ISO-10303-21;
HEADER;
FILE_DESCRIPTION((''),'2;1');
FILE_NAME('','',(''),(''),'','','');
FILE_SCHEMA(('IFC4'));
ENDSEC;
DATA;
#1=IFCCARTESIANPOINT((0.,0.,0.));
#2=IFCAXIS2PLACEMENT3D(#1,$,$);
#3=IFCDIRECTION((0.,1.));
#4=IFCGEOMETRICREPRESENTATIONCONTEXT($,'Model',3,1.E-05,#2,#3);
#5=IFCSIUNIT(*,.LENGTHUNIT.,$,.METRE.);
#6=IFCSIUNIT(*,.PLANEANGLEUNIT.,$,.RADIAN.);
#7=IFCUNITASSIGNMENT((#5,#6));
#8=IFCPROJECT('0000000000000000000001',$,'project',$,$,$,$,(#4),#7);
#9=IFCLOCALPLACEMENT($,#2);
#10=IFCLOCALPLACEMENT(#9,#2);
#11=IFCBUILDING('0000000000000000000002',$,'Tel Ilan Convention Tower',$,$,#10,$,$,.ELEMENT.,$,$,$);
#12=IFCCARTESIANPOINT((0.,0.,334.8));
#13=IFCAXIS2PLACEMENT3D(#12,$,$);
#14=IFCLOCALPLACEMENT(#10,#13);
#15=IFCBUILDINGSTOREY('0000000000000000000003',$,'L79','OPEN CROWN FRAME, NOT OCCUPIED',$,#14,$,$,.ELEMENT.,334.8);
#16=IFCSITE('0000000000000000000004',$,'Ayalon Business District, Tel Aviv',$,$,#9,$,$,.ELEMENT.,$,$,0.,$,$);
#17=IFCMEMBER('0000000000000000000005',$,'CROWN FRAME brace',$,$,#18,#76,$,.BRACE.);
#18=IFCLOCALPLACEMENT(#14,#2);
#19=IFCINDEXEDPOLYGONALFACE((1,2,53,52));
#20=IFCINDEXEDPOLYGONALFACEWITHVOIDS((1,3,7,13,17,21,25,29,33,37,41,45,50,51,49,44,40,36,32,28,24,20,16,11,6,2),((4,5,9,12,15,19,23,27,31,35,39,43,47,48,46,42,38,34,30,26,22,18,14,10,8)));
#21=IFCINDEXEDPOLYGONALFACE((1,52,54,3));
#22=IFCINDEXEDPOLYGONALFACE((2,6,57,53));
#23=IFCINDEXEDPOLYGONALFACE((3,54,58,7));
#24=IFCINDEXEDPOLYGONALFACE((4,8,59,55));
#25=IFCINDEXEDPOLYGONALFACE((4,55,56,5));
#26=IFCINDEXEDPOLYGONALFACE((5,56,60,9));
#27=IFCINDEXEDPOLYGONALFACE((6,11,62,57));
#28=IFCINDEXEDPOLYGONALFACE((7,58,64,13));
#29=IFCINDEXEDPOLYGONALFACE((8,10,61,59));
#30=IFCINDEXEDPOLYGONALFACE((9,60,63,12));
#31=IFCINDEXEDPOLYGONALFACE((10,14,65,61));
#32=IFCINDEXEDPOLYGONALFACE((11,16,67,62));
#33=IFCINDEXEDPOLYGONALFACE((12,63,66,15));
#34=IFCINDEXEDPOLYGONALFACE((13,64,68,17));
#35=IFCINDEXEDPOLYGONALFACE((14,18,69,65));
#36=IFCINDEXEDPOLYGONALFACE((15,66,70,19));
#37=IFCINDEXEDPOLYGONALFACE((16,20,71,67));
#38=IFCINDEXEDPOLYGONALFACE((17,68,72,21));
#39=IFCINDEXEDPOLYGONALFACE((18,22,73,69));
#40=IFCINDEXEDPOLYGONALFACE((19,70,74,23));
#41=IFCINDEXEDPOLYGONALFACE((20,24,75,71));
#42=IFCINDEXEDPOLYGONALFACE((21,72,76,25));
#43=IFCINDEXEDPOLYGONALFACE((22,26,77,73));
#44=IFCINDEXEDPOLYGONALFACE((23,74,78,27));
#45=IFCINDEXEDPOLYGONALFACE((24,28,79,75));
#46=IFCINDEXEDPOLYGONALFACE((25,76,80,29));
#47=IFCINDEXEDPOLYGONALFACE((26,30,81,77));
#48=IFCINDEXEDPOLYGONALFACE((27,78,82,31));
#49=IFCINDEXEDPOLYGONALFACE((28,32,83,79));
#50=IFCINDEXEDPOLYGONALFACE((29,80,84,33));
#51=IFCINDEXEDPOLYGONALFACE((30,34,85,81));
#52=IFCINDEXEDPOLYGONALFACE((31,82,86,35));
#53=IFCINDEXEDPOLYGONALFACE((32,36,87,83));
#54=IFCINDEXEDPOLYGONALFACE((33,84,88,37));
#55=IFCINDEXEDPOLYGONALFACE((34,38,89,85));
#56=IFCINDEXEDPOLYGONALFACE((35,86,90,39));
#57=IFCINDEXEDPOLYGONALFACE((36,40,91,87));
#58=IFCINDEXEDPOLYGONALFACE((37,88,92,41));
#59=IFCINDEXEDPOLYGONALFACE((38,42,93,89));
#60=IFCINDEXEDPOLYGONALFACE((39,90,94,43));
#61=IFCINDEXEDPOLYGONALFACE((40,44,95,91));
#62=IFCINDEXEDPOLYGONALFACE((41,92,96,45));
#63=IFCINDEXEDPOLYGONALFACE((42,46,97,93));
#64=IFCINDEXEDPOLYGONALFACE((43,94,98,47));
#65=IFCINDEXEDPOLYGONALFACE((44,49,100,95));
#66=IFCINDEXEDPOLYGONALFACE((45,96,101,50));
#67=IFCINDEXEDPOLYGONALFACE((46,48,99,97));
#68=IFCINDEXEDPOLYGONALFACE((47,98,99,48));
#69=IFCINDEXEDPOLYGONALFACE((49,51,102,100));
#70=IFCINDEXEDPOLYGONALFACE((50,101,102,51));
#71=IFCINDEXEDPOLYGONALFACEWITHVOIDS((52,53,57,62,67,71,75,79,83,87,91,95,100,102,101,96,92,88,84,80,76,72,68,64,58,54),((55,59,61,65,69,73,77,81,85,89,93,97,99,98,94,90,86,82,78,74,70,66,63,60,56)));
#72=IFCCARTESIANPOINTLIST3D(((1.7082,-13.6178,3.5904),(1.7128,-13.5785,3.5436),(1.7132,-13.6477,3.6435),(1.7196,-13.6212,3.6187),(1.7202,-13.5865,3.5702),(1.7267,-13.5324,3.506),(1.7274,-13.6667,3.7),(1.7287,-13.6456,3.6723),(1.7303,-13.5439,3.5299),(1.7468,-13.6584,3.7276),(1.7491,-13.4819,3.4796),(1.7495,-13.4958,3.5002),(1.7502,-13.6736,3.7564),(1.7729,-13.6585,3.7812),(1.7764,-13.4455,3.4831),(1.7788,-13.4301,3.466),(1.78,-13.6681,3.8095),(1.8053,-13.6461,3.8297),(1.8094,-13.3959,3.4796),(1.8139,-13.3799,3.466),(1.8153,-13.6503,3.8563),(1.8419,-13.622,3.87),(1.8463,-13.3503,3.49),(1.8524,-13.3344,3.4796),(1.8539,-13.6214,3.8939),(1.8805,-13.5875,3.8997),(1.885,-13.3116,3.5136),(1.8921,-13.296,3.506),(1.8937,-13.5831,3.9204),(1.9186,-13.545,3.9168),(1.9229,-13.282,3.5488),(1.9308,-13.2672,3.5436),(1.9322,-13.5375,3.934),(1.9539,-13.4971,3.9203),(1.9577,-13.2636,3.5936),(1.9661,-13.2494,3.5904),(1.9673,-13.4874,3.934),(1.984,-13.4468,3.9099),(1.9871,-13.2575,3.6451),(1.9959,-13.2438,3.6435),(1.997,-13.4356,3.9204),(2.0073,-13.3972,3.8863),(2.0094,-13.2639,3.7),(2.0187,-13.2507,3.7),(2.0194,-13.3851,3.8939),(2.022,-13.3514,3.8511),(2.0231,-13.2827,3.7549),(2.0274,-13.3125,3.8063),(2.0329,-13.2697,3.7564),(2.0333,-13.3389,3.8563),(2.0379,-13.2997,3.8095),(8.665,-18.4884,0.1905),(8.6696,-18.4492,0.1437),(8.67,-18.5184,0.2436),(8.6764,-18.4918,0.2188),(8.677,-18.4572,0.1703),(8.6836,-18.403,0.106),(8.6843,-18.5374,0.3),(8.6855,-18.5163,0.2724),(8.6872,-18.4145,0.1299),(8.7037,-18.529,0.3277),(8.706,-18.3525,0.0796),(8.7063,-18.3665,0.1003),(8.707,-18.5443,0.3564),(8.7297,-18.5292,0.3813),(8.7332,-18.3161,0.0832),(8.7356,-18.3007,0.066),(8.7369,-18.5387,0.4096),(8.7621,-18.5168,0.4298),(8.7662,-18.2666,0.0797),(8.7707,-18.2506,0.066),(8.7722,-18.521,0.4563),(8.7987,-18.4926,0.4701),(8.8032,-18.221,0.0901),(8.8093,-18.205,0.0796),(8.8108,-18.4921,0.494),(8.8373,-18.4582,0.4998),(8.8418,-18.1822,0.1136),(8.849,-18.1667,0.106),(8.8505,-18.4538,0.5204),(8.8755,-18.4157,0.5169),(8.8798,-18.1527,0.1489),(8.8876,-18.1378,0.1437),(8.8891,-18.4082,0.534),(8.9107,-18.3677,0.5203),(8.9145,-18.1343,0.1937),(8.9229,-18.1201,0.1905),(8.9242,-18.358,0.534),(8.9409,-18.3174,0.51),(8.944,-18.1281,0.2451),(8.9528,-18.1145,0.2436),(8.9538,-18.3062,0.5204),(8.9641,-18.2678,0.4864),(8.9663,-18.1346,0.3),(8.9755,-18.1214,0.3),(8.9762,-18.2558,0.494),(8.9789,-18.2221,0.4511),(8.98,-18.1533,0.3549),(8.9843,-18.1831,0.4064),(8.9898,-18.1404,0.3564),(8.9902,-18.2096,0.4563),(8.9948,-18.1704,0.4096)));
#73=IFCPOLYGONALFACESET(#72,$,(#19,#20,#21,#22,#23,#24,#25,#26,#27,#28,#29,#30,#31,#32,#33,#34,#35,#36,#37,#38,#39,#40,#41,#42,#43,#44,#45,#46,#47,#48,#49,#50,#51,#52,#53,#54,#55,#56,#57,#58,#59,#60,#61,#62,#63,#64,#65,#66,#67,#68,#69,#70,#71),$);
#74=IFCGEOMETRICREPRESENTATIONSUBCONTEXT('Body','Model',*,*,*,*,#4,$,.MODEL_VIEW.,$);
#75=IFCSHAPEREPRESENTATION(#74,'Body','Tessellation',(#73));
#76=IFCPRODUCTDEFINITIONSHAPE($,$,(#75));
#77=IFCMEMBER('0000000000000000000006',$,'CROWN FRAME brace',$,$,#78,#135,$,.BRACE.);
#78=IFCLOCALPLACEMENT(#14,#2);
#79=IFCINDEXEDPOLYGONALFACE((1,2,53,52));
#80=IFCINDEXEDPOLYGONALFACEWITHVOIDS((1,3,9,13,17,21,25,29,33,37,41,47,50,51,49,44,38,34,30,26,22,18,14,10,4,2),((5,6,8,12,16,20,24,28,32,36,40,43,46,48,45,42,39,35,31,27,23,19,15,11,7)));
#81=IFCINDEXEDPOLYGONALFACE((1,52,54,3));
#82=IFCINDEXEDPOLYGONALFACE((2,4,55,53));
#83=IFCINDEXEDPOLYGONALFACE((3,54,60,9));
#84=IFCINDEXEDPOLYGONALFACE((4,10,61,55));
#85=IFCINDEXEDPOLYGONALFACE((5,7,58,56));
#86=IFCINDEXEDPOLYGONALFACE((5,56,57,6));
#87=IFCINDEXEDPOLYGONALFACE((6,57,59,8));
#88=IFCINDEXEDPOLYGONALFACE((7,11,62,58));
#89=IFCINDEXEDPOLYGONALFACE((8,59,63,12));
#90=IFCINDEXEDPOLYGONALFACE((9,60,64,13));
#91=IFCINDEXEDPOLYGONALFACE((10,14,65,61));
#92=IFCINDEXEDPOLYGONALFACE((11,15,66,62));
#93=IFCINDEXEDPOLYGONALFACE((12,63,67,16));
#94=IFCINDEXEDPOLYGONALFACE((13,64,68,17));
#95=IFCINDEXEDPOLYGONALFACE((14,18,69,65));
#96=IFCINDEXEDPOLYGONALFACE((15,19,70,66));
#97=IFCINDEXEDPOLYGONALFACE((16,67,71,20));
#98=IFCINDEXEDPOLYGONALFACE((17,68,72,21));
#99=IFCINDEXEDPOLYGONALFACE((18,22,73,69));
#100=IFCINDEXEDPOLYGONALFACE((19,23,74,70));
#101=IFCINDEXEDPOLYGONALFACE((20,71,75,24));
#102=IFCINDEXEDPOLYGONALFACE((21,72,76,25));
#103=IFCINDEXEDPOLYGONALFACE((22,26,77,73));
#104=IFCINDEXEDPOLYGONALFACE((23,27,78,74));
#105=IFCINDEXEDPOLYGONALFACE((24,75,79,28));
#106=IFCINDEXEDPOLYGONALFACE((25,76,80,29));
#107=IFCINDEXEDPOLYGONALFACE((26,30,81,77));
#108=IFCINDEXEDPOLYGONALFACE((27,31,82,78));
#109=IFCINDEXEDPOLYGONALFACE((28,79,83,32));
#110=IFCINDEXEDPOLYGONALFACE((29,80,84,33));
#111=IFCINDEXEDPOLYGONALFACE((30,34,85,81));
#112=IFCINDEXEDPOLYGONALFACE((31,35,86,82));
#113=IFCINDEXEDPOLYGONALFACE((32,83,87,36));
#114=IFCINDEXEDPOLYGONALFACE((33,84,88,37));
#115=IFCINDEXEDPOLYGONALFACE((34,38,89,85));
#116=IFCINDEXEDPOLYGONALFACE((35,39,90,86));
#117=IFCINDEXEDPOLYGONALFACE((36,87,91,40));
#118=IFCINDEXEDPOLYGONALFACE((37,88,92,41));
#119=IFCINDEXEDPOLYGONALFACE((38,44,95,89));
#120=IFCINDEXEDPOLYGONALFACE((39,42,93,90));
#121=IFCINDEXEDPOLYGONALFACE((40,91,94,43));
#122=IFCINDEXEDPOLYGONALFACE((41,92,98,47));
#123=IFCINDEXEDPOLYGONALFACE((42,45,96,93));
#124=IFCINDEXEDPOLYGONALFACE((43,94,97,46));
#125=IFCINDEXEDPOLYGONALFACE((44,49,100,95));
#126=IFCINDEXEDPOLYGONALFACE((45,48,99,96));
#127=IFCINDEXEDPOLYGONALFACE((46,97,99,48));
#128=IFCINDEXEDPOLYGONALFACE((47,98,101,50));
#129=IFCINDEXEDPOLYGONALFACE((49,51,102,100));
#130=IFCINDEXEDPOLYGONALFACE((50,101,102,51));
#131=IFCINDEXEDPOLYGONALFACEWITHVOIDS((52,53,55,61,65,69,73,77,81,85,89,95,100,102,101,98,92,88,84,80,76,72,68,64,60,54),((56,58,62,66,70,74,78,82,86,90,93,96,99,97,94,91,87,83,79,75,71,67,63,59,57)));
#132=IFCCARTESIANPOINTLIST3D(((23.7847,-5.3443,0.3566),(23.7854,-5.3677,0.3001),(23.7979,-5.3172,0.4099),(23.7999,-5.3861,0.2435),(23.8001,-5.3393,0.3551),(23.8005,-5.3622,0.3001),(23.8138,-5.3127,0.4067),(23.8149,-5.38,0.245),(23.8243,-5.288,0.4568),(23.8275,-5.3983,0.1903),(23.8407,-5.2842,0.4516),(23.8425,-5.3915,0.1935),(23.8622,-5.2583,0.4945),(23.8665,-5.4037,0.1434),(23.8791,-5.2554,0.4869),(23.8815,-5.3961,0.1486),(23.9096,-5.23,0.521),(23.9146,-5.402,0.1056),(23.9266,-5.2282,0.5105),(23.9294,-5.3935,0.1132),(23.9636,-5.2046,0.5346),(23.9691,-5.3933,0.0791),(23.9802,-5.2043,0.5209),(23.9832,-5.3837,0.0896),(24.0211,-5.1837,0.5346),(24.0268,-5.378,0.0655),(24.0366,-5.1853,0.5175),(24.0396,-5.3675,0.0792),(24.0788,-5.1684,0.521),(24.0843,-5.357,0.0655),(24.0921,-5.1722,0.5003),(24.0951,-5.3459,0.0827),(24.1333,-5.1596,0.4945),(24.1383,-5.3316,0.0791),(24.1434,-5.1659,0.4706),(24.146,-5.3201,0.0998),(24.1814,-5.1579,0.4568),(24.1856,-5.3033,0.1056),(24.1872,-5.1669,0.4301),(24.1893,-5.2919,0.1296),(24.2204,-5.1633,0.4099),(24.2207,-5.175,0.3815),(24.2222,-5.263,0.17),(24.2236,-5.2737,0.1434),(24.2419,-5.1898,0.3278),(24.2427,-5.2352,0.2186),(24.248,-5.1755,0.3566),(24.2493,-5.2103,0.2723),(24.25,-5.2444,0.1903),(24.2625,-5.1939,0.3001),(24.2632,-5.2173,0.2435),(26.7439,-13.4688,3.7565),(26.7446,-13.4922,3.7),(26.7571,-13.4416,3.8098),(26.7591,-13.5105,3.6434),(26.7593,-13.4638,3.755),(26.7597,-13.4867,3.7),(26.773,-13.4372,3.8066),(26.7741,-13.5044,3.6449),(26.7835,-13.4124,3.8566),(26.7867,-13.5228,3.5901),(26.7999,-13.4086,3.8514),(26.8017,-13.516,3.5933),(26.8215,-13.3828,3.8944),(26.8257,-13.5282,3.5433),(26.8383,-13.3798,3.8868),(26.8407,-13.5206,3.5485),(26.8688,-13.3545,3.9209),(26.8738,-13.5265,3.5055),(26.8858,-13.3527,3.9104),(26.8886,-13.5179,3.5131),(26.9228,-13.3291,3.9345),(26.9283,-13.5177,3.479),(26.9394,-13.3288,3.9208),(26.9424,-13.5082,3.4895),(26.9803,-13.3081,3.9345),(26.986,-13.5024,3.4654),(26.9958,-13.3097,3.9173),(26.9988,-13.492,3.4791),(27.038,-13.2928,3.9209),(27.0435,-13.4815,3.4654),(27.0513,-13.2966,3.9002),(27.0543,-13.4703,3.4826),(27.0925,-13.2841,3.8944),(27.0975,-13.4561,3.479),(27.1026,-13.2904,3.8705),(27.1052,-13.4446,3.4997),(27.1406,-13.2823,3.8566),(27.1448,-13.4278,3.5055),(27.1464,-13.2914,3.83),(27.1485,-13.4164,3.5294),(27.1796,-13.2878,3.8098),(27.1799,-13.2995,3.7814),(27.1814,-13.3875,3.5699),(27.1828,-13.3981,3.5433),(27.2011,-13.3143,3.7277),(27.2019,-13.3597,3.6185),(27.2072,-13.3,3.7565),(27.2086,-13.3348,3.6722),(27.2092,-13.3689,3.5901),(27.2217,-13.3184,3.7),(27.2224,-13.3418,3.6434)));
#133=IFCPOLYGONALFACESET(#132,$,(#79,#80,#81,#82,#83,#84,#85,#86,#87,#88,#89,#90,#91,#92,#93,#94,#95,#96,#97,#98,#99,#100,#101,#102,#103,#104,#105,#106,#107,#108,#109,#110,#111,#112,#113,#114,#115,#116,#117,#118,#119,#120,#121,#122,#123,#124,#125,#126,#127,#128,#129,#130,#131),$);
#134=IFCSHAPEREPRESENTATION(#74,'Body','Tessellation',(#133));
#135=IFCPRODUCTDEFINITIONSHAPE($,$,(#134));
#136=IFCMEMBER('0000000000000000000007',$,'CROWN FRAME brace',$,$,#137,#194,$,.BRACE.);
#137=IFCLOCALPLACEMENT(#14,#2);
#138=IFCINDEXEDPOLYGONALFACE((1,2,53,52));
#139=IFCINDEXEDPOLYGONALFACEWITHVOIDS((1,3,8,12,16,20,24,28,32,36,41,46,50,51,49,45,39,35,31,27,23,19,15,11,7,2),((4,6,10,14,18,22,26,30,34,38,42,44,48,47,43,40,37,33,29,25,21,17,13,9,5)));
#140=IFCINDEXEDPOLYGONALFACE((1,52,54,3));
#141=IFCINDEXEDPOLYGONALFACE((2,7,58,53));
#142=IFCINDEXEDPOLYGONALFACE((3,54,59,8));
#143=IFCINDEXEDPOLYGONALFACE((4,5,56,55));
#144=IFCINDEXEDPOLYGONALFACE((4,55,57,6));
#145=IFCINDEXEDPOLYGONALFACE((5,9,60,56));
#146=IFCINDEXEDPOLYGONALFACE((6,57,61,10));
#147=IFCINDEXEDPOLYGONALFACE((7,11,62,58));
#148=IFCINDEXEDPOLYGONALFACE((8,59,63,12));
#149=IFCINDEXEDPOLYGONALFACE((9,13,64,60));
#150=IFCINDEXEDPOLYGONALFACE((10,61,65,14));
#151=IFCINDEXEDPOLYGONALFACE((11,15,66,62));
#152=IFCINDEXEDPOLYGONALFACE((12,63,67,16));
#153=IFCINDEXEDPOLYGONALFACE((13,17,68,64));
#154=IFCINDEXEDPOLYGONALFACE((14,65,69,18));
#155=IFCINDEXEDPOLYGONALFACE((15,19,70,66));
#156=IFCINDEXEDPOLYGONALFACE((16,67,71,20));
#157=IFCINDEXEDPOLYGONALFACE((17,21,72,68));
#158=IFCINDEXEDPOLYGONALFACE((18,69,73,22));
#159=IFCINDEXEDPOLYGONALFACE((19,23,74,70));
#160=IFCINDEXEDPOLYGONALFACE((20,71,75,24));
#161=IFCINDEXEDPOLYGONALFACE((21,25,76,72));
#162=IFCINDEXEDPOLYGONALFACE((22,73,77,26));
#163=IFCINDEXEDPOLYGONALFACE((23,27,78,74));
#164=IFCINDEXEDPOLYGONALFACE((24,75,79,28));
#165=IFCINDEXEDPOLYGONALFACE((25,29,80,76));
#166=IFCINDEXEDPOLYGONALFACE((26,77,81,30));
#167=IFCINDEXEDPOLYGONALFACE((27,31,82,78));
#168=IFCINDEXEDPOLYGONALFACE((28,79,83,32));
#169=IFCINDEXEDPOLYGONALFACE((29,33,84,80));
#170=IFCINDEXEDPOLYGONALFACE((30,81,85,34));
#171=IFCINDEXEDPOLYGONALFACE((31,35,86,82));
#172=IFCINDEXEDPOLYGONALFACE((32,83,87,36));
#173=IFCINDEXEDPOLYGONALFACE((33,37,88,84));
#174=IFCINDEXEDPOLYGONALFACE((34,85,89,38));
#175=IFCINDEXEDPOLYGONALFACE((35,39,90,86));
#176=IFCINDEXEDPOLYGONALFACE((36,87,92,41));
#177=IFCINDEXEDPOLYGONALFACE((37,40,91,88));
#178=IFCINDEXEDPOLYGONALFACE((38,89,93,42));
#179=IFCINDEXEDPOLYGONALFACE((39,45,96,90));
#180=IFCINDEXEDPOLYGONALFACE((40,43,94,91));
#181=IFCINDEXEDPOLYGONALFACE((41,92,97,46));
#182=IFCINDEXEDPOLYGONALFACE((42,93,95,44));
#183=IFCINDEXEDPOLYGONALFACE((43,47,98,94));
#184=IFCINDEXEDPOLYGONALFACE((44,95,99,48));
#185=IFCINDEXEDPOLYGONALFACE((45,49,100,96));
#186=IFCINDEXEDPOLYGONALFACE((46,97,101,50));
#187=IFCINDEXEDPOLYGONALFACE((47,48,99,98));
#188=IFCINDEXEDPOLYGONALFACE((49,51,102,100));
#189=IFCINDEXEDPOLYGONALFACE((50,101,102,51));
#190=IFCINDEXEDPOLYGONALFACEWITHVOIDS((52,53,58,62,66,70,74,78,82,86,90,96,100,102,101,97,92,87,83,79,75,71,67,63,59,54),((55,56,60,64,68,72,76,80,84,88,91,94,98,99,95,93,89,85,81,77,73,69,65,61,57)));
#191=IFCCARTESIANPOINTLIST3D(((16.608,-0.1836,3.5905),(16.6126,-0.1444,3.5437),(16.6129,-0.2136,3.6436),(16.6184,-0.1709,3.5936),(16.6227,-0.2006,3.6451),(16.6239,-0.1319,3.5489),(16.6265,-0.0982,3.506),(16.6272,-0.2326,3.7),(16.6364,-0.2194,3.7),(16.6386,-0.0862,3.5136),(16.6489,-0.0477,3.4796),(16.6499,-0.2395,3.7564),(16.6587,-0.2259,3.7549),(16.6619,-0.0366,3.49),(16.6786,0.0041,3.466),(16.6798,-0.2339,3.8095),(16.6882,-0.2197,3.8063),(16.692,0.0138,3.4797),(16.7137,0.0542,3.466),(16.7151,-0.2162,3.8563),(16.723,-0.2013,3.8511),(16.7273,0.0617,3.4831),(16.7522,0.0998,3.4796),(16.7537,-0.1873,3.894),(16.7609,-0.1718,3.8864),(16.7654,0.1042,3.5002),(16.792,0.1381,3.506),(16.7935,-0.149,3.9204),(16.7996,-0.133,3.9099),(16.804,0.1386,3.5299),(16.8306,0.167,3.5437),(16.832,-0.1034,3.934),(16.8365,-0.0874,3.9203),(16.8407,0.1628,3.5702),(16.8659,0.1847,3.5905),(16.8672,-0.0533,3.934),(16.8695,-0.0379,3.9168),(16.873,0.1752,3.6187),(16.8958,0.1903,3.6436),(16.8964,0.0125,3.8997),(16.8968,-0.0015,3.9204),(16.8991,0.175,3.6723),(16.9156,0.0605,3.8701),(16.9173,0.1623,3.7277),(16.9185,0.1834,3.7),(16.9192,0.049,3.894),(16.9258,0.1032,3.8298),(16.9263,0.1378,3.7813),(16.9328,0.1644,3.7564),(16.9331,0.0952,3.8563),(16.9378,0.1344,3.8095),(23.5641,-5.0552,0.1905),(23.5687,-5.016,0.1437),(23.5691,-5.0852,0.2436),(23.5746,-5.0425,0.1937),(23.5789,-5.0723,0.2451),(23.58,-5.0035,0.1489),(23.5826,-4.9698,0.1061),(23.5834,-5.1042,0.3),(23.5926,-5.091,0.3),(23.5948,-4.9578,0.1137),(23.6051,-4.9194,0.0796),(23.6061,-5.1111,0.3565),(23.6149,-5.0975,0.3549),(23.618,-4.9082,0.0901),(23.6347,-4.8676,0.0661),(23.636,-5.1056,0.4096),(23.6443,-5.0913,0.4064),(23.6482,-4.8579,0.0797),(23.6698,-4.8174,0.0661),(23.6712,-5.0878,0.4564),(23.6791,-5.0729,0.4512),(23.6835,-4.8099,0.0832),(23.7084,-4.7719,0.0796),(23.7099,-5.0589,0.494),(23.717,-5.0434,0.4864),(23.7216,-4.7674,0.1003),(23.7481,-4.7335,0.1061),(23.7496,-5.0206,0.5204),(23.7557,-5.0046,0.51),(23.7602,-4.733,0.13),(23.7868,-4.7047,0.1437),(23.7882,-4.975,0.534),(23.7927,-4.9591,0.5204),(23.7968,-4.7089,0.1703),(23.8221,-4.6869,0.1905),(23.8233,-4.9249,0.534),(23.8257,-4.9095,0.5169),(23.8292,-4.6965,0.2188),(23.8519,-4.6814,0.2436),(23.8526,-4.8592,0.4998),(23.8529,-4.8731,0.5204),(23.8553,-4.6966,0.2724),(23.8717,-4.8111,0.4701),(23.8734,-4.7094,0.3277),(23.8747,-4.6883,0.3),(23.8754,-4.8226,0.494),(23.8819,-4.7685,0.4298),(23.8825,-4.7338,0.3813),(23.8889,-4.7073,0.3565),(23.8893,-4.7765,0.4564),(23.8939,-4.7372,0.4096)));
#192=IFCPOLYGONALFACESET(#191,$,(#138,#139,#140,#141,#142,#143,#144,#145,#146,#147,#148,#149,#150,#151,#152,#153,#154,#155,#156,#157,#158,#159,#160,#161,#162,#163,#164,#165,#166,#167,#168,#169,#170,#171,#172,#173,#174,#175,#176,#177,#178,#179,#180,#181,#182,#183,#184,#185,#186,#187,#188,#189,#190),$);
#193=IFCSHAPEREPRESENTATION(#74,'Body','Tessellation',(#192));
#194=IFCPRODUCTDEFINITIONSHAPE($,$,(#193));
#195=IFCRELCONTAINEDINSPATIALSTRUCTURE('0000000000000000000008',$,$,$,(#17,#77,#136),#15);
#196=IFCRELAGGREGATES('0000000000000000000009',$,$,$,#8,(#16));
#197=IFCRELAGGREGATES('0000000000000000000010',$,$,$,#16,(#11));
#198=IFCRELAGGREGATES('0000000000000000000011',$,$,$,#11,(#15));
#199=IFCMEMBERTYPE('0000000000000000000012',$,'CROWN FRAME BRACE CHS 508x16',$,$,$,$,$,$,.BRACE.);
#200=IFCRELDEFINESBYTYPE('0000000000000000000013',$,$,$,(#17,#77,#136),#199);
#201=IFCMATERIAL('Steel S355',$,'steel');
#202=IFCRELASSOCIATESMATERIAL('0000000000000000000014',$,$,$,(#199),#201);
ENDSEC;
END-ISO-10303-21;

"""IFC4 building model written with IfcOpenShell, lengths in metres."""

from ifc_helpers import new_model, si_unit, direction, frame, origin, origin_2d, place, context, subcontext, project, spatial, hollow_circle, extrude, material, material_profile, profile_set, type_object, element, save


model = new_model("IFC4")

# Units and contexts
model_context = context("Model", 3, precision=1e-05, world=origin(), true_north=direction((0.0, 1.0)))
body_context = subcontext(model_context, "Body", "Model", "MODEL_VIEW")
ifc_project = project(units=[si_unit("LENGTHUNIT", "METRE"), si_unit("PLANEANGLEUNIT", "RADIAN")], contexts=[model_context])

# Site, building, storey
site_placement = place(None, origin())
site = spatial("IfcSite", under=ifc_project, at=site_placement, Name="Ayalon Business District, Tel Aviv", CompositionType="ELEMENT", RefElevation=0.0)
building_placement = place(site_placement, origin())
building = spatial("IfcBuilding", under=site, at=building_placement, Name="Tel Ilan Convention Tower", CompositionType="ELEMENT")
storey_placement = place(building_placement, frame((0.0, 0.0, 334.8)))
storey = spatial("IfcBuildingStorey", under=building, at=storey_placement, Name="L79", Description="OPEN CROWN FRAME, NOT OCCUPIED", CompositionType="ELEMENT", Elevation=334.8)

# Members
ifc_material_1 = material(Name="Steel S355", Category="steel")
ifc_material_profile_1 = material_profile(ifc_material_1, hollow_circle(Radius=0.2539, WallThickness=0.0161, at=origin_2d()), Name="CHS 508x16")
ifc_profile_set_1 = profile_set([ifc_material_profile_1], Name="Steel S355")
member_type = type_object("IfcMemberType", Name="CROWN FRAME BRACE CHS 508x16", PredefinedType="BRACE", material=ifc_profile_set_1)
member_1_placement = place(storey_placement, frame((1.873, -13.4587, 3.7), z_axis=(0.760502, -0.532445, -0.371671), x_axis=(0.57353, 0.819185, 0.0)))
element("IfcMember", 1, at=member_1_placement, inside=storey, type_object=member_type, Name="CROWN FRAME brace", PredefinedType="BRACE", context=body_context, shape_type="SweptSolid", body=[
    extrude(hollow_circle(Radius=0.2539, WallThickness=0.0161, at=origin_2d()), origin(), (0.0, 0.0, 1.0), 9.1477),
])
member_2_placement = place(storey_placement, frame((26.9832, -13.4053, 3.7), z_axis=(-0.318502, 0.874443, -0.365932), x_axis=(-0.939613, -0.34224, 0.0)))
element("IfcMember", 2, at=member_2_placement, inside=storey, type_object=member_type, Name="CROWN FRAME brace", PredefinedType="BRACE", context=body_context, shape_type="SweptSolid", body=[
    extrude(hollow_circle(Radius=0.2539, WallThickness=0.0161, at=origin_2d()), origin(), (0.0, 0.0, 1.0), 9.291),
])
member_3_placement = place(storey_placement, frame((23.729, -4.8962, 0.3), z_axis=(-0.760425, 0.532554, 0.371672), x_axis=(-0.573648, -0.819102, 0.0)))
element("IfcMember", 3, at=member_3_placement, inside=storey, type_object=member_type, Name="CROWN FRAME brace", PredefinedType="BRACE", context=body_context, shape_type="SweptSolid", body=[
    extrude(hollow_circle(Radius=0.2539, WallThickness=0.0161, at=origin_2d()), origin(), (0.0, 0.0, 1.0), 9.1477),
])

save(model, "model.ifc")
